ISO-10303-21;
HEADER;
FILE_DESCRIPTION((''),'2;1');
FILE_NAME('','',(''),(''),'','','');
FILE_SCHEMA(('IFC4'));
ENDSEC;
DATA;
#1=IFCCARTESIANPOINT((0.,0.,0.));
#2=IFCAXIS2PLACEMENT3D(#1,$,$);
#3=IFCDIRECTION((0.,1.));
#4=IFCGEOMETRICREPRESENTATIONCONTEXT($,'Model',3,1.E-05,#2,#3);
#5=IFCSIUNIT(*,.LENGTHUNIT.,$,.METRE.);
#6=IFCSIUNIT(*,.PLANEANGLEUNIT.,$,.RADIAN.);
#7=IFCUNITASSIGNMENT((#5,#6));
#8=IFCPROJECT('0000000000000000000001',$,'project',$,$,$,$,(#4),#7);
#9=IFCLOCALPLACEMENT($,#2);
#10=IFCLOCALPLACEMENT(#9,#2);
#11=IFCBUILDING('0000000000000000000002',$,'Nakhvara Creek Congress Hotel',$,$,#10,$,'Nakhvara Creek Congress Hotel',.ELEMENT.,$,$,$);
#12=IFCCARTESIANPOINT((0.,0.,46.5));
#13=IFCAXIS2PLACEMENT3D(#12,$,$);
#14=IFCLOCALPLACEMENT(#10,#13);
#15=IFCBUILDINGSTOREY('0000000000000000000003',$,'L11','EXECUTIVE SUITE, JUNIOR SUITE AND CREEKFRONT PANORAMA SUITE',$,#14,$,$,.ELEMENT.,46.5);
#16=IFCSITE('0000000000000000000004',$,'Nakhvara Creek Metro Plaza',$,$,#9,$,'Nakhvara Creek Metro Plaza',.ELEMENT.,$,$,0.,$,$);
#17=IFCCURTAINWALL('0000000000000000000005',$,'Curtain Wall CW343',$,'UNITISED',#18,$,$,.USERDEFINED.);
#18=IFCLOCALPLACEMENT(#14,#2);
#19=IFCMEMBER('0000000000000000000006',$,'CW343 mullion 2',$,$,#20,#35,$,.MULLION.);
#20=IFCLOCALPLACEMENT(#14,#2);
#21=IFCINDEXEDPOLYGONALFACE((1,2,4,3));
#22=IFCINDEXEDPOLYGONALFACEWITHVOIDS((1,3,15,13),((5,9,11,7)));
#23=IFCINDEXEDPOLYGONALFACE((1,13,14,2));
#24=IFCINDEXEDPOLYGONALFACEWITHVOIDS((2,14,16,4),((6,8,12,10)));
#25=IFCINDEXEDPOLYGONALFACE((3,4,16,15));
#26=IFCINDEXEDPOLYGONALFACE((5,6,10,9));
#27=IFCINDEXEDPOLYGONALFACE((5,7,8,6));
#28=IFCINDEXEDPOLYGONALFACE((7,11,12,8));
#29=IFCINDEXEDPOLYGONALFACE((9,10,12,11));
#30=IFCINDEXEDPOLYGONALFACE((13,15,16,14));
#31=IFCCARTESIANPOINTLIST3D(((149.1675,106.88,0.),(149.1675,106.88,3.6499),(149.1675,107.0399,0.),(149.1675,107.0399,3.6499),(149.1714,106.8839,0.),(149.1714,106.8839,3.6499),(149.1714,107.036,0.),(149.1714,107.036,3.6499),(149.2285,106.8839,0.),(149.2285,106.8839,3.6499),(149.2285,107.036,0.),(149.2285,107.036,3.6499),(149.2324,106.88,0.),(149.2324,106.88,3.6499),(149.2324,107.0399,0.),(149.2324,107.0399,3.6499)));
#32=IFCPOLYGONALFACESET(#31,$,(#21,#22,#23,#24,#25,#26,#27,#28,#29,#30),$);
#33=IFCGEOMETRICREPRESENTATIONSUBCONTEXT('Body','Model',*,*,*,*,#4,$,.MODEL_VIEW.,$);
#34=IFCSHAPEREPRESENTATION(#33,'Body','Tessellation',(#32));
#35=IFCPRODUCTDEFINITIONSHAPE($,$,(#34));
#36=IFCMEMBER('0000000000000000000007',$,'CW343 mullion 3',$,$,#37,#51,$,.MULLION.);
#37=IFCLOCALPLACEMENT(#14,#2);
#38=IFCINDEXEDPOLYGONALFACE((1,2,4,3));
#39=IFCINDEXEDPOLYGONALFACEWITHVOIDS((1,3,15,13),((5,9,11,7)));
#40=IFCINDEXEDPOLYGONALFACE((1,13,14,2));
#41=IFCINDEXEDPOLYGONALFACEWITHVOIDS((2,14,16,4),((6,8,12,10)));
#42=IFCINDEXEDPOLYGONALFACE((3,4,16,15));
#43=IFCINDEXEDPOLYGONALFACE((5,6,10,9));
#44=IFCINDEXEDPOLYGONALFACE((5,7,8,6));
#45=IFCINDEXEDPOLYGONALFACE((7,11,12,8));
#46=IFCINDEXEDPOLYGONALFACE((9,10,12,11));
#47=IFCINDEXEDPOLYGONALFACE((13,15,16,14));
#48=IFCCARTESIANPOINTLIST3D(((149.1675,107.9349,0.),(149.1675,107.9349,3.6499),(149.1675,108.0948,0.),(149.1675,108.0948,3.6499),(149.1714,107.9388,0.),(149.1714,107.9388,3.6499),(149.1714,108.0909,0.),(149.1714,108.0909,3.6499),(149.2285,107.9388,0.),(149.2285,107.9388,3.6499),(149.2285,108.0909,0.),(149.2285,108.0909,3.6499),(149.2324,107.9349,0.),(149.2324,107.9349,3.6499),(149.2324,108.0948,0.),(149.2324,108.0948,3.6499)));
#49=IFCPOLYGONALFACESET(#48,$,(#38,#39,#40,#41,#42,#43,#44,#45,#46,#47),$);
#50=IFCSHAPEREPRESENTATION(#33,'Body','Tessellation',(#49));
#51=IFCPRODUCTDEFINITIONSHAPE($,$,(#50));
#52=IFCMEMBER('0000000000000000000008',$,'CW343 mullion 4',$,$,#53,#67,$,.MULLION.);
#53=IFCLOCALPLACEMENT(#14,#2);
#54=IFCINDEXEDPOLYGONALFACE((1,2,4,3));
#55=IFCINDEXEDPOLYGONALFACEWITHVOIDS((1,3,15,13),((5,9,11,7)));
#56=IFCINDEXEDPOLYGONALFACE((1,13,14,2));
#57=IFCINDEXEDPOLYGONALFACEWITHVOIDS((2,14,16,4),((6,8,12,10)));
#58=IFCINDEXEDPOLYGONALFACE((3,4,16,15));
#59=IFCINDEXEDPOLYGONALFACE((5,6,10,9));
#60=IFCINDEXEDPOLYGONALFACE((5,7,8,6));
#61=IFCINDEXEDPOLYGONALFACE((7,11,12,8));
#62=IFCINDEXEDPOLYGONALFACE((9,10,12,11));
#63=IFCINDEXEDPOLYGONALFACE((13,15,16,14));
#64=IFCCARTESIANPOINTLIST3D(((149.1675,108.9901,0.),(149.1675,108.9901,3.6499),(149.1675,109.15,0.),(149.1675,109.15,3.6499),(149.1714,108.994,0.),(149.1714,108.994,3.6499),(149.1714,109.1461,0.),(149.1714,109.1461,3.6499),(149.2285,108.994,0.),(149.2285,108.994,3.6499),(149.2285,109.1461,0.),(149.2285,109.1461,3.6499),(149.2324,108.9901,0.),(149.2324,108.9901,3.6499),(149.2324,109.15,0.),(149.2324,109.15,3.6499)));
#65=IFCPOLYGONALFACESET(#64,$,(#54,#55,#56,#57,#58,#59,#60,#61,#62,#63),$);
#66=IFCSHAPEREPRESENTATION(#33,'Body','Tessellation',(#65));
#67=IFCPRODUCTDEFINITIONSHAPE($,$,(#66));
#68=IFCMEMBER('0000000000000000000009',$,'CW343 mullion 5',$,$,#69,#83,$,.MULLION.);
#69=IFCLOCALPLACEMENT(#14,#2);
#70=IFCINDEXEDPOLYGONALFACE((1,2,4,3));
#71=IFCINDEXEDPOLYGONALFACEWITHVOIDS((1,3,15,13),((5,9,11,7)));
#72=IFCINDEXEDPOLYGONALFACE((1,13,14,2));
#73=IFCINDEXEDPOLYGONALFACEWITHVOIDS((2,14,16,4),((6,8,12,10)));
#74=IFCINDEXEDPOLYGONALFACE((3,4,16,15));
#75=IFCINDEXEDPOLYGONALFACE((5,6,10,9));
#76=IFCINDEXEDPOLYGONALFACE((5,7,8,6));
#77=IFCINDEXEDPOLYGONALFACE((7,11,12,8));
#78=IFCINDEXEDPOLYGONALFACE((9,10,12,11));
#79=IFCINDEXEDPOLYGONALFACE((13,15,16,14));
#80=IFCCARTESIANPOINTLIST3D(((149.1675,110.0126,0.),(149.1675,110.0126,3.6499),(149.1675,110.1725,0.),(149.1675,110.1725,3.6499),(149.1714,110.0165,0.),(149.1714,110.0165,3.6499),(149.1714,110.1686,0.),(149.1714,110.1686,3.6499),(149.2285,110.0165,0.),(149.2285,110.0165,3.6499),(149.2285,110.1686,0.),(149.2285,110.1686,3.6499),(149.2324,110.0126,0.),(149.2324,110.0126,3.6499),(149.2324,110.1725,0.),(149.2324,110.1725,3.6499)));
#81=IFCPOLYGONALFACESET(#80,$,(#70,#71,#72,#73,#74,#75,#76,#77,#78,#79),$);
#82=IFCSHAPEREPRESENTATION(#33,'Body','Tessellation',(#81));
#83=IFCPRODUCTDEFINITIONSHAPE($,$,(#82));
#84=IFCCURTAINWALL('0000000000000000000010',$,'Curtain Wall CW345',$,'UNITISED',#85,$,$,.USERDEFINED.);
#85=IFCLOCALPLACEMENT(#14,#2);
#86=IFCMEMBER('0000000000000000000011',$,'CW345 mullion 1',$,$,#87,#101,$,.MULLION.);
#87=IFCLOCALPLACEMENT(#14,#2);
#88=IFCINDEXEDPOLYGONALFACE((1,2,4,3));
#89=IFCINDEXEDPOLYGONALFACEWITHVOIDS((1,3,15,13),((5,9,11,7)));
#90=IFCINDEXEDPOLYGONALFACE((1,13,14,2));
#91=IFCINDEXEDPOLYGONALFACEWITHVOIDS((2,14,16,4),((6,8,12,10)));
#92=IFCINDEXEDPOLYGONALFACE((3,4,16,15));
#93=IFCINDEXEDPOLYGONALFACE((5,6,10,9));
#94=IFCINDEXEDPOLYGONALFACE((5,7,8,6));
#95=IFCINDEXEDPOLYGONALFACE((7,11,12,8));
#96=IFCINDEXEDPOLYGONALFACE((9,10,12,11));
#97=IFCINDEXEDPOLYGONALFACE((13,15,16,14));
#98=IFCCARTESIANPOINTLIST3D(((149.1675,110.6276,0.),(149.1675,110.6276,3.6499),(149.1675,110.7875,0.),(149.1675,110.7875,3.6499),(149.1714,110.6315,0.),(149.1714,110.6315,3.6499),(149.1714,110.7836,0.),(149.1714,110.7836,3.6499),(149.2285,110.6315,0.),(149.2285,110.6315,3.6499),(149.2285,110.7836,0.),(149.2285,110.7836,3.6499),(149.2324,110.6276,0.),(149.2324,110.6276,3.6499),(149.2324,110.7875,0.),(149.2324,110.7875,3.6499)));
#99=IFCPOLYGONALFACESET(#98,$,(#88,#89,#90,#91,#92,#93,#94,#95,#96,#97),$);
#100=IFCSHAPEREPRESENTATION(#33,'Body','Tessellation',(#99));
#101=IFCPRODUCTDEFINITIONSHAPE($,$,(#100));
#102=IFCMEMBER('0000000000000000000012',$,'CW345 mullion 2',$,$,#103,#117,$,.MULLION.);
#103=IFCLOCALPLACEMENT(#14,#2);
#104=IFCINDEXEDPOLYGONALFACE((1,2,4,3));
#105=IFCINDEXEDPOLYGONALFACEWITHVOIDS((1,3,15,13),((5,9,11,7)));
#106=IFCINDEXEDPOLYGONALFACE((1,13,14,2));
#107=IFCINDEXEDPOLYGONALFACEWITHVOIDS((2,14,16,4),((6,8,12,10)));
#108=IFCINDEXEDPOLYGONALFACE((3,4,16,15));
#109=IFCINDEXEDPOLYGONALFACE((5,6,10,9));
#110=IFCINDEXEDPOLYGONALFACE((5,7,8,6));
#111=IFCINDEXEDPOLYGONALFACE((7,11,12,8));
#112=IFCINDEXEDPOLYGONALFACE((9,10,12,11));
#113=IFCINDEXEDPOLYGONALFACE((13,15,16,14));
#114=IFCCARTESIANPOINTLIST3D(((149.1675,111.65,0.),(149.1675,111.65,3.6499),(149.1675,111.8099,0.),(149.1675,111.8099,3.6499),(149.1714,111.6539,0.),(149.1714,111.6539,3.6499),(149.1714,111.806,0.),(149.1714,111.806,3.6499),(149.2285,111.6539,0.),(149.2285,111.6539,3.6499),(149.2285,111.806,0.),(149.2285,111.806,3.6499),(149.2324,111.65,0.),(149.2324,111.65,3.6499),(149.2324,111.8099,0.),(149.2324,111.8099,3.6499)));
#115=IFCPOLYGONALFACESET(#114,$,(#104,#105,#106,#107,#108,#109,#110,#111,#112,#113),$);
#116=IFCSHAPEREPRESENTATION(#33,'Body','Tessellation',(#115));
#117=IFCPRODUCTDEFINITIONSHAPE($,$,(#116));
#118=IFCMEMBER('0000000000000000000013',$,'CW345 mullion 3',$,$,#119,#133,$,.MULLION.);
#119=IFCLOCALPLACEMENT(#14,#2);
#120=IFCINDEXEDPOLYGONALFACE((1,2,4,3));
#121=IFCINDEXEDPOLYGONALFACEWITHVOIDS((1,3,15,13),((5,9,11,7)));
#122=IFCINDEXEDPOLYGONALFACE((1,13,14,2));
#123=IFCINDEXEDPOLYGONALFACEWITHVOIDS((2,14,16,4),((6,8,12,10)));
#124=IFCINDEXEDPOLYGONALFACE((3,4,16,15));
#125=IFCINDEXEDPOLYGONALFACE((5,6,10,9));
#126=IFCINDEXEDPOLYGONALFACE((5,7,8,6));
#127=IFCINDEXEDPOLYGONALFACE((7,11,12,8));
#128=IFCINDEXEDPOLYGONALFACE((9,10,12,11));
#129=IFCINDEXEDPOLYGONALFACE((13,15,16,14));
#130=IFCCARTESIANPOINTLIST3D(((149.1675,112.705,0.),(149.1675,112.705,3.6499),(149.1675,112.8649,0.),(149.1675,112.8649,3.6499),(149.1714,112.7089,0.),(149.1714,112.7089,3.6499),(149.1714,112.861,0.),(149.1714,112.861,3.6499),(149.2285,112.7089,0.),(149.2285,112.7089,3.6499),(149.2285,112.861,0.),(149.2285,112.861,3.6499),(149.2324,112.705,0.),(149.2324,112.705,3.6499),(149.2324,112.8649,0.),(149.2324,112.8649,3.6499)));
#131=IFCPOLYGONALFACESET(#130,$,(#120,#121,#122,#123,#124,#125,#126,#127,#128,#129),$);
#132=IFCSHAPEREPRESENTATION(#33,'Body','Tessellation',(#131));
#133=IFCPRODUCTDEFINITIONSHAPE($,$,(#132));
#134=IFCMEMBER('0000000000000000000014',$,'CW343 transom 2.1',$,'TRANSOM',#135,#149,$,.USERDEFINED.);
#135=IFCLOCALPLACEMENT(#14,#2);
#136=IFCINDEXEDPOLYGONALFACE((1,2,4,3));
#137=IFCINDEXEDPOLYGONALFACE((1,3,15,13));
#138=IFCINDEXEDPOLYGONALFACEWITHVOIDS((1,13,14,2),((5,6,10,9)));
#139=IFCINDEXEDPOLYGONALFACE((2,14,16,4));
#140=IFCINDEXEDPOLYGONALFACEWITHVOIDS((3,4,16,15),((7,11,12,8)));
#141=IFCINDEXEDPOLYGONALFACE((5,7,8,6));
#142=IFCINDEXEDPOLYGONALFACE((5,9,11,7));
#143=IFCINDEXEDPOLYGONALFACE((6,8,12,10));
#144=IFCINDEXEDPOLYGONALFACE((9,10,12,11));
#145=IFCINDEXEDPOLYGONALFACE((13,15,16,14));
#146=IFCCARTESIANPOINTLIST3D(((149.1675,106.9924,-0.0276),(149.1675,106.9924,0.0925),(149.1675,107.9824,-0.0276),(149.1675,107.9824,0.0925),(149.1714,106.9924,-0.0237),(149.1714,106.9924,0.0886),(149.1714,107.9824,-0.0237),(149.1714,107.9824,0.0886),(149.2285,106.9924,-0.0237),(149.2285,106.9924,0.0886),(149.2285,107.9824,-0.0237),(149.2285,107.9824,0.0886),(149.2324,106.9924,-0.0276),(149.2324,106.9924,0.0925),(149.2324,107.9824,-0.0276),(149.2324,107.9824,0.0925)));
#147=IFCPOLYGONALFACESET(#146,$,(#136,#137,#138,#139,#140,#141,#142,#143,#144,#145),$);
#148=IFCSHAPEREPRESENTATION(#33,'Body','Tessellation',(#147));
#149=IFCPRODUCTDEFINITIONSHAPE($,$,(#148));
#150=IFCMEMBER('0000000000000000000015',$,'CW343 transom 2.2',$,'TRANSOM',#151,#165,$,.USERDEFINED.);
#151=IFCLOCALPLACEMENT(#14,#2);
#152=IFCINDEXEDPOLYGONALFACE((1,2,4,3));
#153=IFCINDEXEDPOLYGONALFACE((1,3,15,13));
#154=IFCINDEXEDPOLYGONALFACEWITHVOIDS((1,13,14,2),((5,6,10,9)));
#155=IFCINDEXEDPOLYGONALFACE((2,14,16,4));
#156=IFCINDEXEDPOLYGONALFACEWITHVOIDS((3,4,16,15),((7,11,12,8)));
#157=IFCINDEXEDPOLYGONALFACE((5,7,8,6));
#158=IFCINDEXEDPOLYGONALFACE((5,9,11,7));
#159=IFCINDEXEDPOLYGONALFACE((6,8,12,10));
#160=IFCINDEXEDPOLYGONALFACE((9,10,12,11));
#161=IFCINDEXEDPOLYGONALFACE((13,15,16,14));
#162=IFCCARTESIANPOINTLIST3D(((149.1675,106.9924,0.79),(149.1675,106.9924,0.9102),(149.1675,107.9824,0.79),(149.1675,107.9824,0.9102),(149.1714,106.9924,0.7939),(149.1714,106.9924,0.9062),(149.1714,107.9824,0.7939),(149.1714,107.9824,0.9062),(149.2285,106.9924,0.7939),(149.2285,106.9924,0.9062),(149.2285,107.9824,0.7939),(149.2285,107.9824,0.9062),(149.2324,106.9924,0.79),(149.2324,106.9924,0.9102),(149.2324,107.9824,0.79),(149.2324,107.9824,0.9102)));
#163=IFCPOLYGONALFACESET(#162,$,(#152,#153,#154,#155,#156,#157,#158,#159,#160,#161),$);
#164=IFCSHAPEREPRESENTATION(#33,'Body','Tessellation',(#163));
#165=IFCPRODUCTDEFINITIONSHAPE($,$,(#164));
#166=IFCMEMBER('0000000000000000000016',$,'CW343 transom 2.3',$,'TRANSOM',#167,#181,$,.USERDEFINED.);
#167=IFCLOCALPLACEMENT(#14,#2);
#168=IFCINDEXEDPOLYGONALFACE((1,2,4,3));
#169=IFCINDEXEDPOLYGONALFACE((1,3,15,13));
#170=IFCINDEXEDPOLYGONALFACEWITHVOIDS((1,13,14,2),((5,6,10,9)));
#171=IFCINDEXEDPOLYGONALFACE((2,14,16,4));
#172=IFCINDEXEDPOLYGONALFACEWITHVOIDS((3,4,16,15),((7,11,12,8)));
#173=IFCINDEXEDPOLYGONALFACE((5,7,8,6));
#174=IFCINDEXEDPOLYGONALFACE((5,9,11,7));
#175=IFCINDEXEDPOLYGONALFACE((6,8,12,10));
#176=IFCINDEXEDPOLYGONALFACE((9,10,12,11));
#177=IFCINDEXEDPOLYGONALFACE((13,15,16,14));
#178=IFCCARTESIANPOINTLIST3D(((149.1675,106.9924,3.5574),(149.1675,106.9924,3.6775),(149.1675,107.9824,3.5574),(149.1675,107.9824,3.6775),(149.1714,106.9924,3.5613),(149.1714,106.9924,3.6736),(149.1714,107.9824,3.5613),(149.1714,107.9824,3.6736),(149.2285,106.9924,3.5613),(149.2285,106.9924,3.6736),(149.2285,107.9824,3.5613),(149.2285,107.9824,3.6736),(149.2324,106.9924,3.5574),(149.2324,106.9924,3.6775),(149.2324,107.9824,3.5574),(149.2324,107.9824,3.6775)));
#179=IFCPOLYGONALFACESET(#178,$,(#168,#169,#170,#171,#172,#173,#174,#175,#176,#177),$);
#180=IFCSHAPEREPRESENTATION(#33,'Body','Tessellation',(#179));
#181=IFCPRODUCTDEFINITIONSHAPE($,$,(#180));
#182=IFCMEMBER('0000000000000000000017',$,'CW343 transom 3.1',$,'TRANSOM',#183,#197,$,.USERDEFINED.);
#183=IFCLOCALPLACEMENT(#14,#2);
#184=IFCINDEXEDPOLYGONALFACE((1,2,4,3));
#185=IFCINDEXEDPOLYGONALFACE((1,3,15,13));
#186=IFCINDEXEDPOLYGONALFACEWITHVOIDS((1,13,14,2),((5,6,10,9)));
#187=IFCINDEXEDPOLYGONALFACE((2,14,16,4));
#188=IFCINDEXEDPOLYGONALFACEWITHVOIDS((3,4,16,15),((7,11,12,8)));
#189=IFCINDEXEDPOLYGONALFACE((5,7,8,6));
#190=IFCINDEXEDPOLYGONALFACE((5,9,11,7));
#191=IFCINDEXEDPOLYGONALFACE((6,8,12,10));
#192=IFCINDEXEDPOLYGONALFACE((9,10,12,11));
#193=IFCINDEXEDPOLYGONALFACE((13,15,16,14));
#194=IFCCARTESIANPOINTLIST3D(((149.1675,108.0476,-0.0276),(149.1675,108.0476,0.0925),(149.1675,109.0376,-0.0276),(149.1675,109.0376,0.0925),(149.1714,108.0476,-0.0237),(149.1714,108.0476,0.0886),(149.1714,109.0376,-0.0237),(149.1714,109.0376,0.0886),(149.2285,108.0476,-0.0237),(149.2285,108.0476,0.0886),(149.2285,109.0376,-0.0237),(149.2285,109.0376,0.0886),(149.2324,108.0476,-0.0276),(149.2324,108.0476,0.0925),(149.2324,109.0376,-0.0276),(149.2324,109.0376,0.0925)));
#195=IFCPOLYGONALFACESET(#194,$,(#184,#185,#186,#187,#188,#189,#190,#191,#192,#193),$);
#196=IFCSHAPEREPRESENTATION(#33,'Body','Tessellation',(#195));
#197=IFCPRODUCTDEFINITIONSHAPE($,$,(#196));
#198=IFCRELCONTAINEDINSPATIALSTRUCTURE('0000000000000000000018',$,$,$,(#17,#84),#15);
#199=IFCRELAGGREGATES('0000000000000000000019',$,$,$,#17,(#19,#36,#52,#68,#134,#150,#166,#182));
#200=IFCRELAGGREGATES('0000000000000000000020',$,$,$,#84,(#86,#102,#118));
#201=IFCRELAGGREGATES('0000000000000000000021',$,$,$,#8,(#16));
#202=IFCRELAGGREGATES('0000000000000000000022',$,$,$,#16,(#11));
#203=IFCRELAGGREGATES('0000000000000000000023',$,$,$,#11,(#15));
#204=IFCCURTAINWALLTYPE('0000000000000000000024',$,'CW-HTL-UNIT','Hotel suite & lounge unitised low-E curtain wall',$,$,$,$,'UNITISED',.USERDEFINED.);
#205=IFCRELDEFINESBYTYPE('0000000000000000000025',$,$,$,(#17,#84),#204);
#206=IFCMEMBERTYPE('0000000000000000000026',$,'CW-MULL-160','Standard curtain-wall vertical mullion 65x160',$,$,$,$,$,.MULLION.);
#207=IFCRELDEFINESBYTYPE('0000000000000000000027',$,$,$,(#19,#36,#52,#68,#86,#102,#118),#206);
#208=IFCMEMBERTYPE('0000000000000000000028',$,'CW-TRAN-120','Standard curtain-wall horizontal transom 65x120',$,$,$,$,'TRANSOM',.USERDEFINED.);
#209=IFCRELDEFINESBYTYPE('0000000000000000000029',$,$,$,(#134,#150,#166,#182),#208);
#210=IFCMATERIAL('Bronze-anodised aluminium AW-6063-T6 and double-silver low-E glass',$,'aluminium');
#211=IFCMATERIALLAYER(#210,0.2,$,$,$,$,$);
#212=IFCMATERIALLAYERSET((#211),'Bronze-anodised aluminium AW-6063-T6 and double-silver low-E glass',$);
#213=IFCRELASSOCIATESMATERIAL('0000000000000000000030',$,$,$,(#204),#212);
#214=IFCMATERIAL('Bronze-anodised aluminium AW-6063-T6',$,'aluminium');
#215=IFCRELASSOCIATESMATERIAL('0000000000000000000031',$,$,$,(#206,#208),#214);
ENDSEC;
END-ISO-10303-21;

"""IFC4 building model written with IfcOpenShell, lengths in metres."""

from ifc_helpers import new_model, si_unit, direction, frame, origin, origin_2d, place, context, subcontext, project, spatial, hollow_rectangle, extrude, material, layer, layer_set, material_profile, profile_set, type_object, element, aggregate, save


model = new_model("IFC4")

# Units and contexts
model_context = context("Model", 3, precision=1e-05, world=origin(), true_north=direction((0.0, 1.0)))
body_context = subcontext(model_context, "Body", "Model", "MODEL_VIEW")
ifc_project = project(units=[si_unit("LENGTHUNIT", "METRE"), si_unit("PLANEANGLEUNIT", "RADIAN")], contexts=[model_context])

# Site, building, storey
site_placement = place(None, origin())
site = spatial("IfcSite", under=ifc_project, at=site_placement, Name="Nakhvara Creek Metro Plaza", LongName="Nakhvara Creek Metro Plaza", CompositionType="ELEMENT", RefElevation=0.0)
building_placement = place(site_placement, origin())
building = spatial("IfcBuilding", under=site, at=building_placement, Name="Nakhvara Creek Congress Hotel", LongName="Nakhvara Creek Congress Hotel", CompositionType="ELEMENT")
storey_placement = place(building_placement, frame((0.0, 0.0, 46.5)))
storey = spatial("IfcBuildingStorey", under=building, at=storey_placement, Name="L11", Description="EXECUTIVE SUITE, JUNIOR SUITE AND CREEKFRONT PANORAMA SUITE", CompositionType="ELEMENT", Elevation=46.5)

# Curtain walls, members
ifc_material_1 = material(Name="Bronze-anodised aluminium AW-6063-T6 and double-silver low-E glass", Category="aluminium")
ifc_layer = layer(ifc_material_1, 0.2)
ifc_layer_set = layer_set([ifc_layer], Name="Bronze-anodised aluminium AW-6063-T6 and double-silver low-E glass")
curtain_wall_type = type_object("IfcCurtainWallType", Name="CW-HTL-UNIT", Description="Hotel suite & lounge unitised low-E curtain wall", ElementType="UNITISED", PredefinedType="USERDEFINED", material=ifc_layer_set)
curtain_wall_1_placement = place(storey_placement, origin())
curtain_wall_1 = element("IfcCurtainWall", 1, at=curtain_wall_1_placement, inside=storey, type_object=curtain_wall_type, Name="Curtain Wall CW343", ObjectType="UNITISED", PredefinedType="USERDEFINED")
ifc_material_2 = material(Name="Bronze-anodised aluminium AW-6063-T6", Category="aluminium")
ifc_material_profile_1 = material_profile(ifc_material_2, hollow_rectangle(XDim=0.0649, YDim=0.1599, WallThickness=0.0039, at=origin_2d()), Name="ALU-MULL 65x160x4", Category="LoadBearing")
ifc_profile_set_1 = profile_set([ifc_material_profile_1], Name="Bronze-anodised aluminium AW-6063-T6")
member_type_1 = type_object("IfcMemberType", Name="CW-MULL-160", Description="Standard curtain-wall vertical mullion 65x160", PredefinedType="MULLION", material=ifc_profile_set_1)
member_1_placement = place(storey_placement, frame((149.2, 106.96, 0.0), z_axis=(0.0, 0.0, 1.0), x_axis=(-1.0, 0.0, 0.0)))
member_1 = element("IfcMember", 2, at=member_1_placement, type_object=member_type_1, Name="CW343 mullion 2", PredefinedType="MULLION", context=body_context, shape_type="SweptSolid", body=[
    extrude(hollow_rectangle(XDim=0.0649, YDim=0.1599, WallThickness=0.0039, at=origin_2d()), origin(), (0.0, 0.0, 1.0), 3.6499),
])
member_2_placement = place(storey_placement, frame((149.2, 108.0149, 0.0), z_axis=(0.0, 0.0, 1.0), x_axis=(-1.0, 0.0, 0.0)))
member_2 = element("IfcMember", 3, at=member_2_placement, type_object=member_type_1, Name="CW343 mullion 3", PredefinedType="MULLION", context=body_context, shape_type="SweptSolid", body=[
    extrude(hollow_rectangle(XDim=0.0649, YDim=0.1599, WallThickness=0.0039, at=origin_2d()), origin(), (0.0, 0.0, 1.0), 3.6499),
])
member_3_placement = place(storey_placement, frame((149.2, 109.0701, 0.0), z_axis=(0.0, 0.0, 1.0), x_axis=(-1.0, 0.0, 0.0)))
member_3 = element("IfcMember", 4, at=member_3_placement, type_object=member_type_1, Name="CW343 mullion 4", PredefinedType="MULLION", context=body_context, shape_type="SweptSolid", body=[
    extrude(hollow_rectangle(XDim=0.0649, YDim=0.1599, WallThickness=0.0039, at=origin_2d()), origin(), (0.0, 0.0, 1.0), 3.6499),
])
member_4_placement = place(storey_placement, frame((149.2, 110.0925, 0.0), z_axis=(0.0, 0.0, 1.0), x_axis=(-1.0, 0.0, 0.0)))
member_4 = element("IfcMember", 5, at=member_4_placement, type_object=member_type_1, Name="CW343 mullion 5", PredefinedType="MULLION", context=body_context, shape_type="SweptSolid", body=[
    extrude(hollow_rectangle(XDim=0.0649, YDim=0.1599, WallThickness=0.0039, at=origin_2d()), origin(), (0.0, 0.0, 1.0), 3.6499),
])
curtain_wall_2_placement = place(storey_placement, origin())
curtain_wall_2 = element("IfcCurtainWall", 6, at=curtain_wall_2_placement, inside=storey, type_object=curtain_wall_type, Name="Curtain Wall CW345", ObjectType="UNITISED", PredefinedType="USERDEFINED")
member_5_placement = place(storey_placement, frame((149.2, 110.7075, 0.0), z_axis=(0.0, 0.0, 1.0), x_axis=(-1.0, 0.0, 0.0)))
member_5 = element("IfcMember", 7, at=member_5_placement, type_object=member_type_1, Name="CW345 mullion 1", PredefinedType="MULLION", context=body_context, shape_type="SweptSolid", body=[
    extrude(hollow_rectangle(XDim=0.0649, YDim=0.1599, WallThickness=0.0039, at=origin_2d()), origin(), (0.0, 0.0, 1.0), 3.6499),
])
member_6_placement = place(storey_placement, frame((149.2, 111.73, 0.0), z_axis=(0.0, 0.0, 1.0), x_axis=(-1.0, 0.0, 0.0)))
member_6 = element("IfcMember", 8, at=member_6_placement, type_object=member_type_1, Name="CW345 mullion 2", PredefinedType="MULLION", context=body_context, shape_type="SweptSolid", body=[
    extrude(hollow_rectangle(XDim=0.0649, YDim=0.1599, WallThickness=0.0039, at=origin_2d()), origin(), (0.0, 0.0, 1.0), 3.6499),
])
member_7_placement = place(storey_placement, frame((149.2, 112.7849, 0.0), z_axis=(0.0, 0.0, 1.0), x_axis=(-1.0, 0.0, 0.0)))
member_7 = element("IfcMember", 9, at=member_7_placement, type_object=member_type_1, Name="CW345 mullion 3", PredefinedType="MULLION", context=body_context, shape_type="SweptSolid", body=[
    extrude(hollow_rectangle(XDim=0.0649, YDim=0.1599, WallThickness=0.0039, at=origin_2d()), origin(), (0.0, 0.0, 1.0), 3.6499),
])

# Members
ifc_material_profile_2 = material_profile(ifc_material_2, hollow_rectangle(XDim=0.0649, YDim=0.1201, WallThickness=0.0039, at=origin_2d()), Name="ALU-TRAN 65x120x4", Category="LoadBearing")
ifc_profile_set_2 = profile_set([ifc_material_profile_2], Name="Bronze-anodised aluminium AW-6063-T6")
member_type_2 = type_object("IfcMemberType", Name="CW-TRAN-120", Description="Standard curtain-wall horizontal transom 65x120", ElementType="TRANSOM", PredefinedType="USERDEFINED", material=ifc_profile_set_2)
member_8_placement = place(storey_placement, frame((149.2, 106.9924, 0.0325), z_axis=(0.0, 1.0, 0.0), x_axis=(-1.0, 0.0, 0.0)))
member_8 = element("IfcMember", 10, at=member_8_placement, type_object=member_type_2, Name="CW343 transom 2.1", ObjectType="TRANSOM", PredefinedType="USERDEFINED", context=body_context, shape_type="SweptSolid", body=[
    extrude(hollow_rectangle(XDim=0.0649, YDim=0.1201, WallThickness=0.0039, at=origin_2d()), origin(), (0.0, 0.0, 1.0), 0.99),
])
member_9_placement = place(storey_placement, frame((149.2, 106.9924, 0.8501), z_axis=(0.0, 1.0, 0.0), x_axis=(-1.0, 0.0, 0.0)))
member_9 = element("IfcMember", 11, at=member_9_placement, type_object=member_type_2, Name="CW343 transom 2.2", ObjectType="TRANSOM", PredefinedType="USERDEFINED", context=body_context, shape_type="SweptSolid", body=[
    extrude(hollow_rectangle(XDim=0.0649, YDim=0.1201, WallThickness=0.0039, at=origin_2d()), origin(), (0.0, 0.0, 1.0), 0.99),
])
member_10_placement = place(storey_placement, frame((149.2, 106.9924, 3.6174), z_axis=(0.0, 1.0, 0.0), x_axis=(-1.0, 0.0, 0.0)))
member_10 = element("IfcMember", 12, at=member_10_placement, type_object=member_type_2, Name="CW343 transom 2.3", ObjectType="TRANSOM", PredefinedType="USERDEFINED", context=body_context, shape_type="SweptSolid", body=[
    extrude(hollow_rectangle(XDim=0.0649, YDim=0.1201, WallThickness=0.0039, at=origin_2d()), origin(), (0.0, 0.0, 1.0), 0.99),
])
member_11_placement = place(storey_placement, frame((149.2, 108.0476, 0.0325), z_axis=(0.0, 1.0, 0.0), x_axis=(-1.0, 0.0, 0.0)))
member_11 = element("IfcMember", 13, at=member_11_placement, type_object=member_type_2, Name="CW343 transom 3.1", ObjectType="TRANSOM", PredefinedType="USERDEFINED", context=body_context, shape_type="SweptSolid", body=[
    extrude(hollow_rectangle(XDim=0.0649, YDim=0.1201, WallThickness=0.0039, at=origin_2d()), origin(), (0.0, 0.0, 1.0), 0.99),
])

aggregate(curtain_wall_1, [member_1, member_2, member_3, member_4, member_8, member_9, member_10, member_11])
aggregate(curtain_wall_2, [member_5, member_6, member_7])

save(model, "model.ifc")
